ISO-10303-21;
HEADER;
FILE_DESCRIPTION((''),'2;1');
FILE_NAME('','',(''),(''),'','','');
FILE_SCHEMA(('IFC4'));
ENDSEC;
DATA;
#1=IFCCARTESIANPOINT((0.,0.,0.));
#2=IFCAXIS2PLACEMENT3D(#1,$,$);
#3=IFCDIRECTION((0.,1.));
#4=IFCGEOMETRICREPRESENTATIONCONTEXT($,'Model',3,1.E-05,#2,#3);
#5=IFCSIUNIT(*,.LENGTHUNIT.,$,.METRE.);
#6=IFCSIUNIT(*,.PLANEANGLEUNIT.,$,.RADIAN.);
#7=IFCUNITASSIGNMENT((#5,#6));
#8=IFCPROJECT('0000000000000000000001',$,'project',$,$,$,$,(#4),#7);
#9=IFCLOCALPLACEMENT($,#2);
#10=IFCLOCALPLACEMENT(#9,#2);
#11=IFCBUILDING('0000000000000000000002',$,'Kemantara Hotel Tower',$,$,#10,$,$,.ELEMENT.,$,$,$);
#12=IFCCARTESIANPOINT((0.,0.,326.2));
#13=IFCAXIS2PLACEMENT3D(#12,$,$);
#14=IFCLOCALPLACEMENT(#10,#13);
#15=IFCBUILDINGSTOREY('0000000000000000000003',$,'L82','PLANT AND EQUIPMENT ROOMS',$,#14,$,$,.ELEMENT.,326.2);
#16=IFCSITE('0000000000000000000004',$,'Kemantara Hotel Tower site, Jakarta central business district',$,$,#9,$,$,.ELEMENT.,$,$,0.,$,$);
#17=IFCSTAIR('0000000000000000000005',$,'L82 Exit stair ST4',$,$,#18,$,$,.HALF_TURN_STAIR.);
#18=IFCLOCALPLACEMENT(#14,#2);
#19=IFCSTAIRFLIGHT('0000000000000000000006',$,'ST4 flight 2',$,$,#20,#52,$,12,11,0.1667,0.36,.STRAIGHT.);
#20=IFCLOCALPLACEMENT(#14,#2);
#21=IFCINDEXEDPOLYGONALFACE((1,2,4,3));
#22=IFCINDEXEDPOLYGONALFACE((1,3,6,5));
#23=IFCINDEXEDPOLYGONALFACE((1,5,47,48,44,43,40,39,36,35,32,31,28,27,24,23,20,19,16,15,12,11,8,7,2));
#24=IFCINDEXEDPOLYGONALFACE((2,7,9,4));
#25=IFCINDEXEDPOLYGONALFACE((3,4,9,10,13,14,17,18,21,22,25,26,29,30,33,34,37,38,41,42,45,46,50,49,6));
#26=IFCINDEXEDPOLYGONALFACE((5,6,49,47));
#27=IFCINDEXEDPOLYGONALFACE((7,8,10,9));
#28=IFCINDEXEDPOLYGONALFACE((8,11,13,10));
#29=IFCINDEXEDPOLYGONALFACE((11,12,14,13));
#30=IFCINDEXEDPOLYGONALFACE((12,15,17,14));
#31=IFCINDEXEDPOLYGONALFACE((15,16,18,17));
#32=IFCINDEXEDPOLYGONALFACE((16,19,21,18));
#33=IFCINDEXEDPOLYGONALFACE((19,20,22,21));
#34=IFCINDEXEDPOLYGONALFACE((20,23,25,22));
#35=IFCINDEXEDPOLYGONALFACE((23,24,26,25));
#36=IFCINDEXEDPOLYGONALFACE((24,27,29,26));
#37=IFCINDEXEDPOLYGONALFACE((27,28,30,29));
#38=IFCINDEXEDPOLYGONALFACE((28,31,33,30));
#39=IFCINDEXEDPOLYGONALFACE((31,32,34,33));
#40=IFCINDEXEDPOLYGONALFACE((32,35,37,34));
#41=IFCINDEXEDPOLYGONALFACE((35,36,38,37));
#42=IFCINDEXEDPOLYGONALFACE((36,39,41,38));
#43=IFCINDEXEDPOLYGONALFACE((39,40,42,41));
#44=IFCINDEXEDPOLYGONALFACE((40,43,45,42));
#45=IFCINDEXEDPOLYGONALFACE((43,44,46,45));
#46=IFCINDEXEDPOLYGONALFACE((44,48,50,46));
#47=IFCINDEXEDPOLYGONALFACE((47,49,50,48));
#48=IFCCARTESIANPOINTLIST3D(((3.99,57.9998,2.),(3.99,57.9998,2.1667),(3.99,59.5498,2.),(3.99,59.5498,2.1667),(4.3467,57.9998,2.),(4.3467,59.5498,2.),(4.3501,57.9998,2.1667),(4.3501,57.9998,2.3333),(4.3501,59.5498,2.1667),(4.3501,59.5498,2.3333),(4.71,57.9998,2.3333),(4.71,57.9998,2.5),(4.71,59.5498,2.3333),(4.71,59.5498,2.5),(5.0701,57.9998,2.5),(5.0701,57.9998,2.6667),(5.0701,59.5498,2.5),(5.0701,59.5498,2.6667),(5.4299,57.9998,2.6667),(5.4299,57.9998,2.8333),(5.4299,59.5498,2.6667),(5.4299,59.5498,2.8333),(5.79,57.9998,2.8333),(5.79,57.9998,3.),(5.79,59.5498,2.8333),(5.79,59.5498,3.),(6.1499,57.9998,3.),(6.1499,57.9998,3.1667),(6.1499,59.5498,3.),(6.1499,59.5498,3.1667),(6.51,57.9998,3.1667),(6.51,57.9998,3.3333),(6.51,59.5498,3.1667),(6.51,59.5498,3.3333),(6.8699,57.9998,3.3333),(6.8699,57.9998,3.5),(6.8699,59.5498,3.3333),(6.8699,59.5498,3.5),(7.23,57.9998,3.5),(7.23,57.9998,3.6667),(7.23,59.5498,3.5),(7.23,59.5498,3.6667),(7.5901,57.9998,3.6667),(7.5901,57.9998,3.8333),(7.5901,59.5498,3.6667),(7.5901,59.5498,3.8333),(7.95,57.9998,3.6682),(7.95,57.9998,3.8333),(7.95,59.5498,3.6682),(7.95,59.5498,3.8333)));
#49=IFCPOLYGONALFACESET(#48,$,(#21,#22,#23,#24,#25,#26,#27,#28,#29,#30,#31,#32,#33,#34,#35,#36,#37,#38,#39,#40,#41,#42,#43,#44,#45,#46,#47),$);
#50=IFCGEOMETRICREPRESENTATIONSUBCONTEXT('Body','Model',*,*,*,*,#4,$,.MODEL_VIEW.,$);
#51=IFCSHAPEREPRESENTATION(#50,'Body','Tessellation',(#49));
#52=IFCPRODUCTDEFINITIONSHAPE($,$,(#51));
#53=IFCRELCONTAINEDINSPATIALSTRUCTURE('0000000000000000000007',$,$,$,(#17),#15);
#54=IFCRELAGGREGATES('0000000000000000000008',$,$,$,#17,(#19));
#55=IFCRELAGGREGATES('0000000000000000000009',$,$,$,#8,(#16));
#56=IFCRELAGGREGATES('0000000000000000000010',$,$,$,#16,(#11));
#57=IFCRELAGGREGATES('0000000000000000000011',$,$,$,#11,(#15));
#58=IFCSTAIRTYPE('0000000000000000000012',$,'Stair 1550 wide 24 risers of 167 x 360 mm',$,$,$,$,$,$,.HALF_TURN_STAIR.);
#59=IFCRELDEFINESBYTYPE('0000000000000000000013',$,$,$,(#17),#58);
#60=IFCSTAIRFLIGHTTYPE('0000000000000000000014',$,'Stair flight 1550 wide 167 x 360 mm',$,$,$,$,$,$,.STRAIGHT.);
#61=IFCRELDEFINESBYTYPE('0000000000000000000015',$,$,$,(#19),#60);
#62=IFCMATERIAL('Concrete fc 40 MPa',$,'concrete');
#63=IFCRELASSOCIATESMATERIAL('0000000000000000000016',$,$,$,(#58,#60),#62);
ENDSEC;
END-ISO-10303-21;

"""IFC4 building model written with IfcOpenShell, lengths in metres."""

from ifc_helpers import new_model, si_unit, direction, frame, origin, place, context, subcontext, project, spatial, polyline, outline, extrude, material, type_object, element, aggregate, save


model = new_model("IFC4")

# Units and contexts
model_context = context("Model", 3, precision=1e-05, world=origin(), true_north=direction((0.0, 1.0)))
body_context = subcontext(model_context, "Body", "Model", "MODEL_VIEW")
ifc_project = project(units=[si_unit("LENGTHUNIT", "METRE"), si_unit("PLANEANGLEUNIT", "RADIAN")], contexts=[model_context])

# Site, building, storey
site_placement = place(None, origin())
site = spatial("IfcSite", under=ifc_project, at=site_placement, Name="Kemantara Hotel Tower site, Jakarta central business district", CompositionType="ELEMENT", RefElevation=0.0)
building_placement = place(site_placement, origin())
building = spatial("IfcBuilding", under=site, at=building_placement, Name="Kemantara Hotel Tower", CompositionType="ELEMENT")
storey_placement = place(building_placement, frame((0.0, 0.0, 326.2)))
storey = spatial("IfcBuildingStorey", under=building, at=storey_placement, Name="L82", Description="PLANT AND EQUIPMENT ROOMS", CompositionType="ELEMENT", Elevation=326.2)

# Shared definitions
ifc_material_1 = material(Name="Concrete fc 40 MPa", Category="concrete")

# Stair, stair flight
stair_type = type_object("IfcStairType", Name="Stair 1550 wide 24 risers of 167 x 360 mm", PredefinedType="HALF_TURN_STAIR", material=ifc_material_1)
stair_placement = place(storey_placement, origin())
stair = element("IfcStair", 1, at=stair_placement, inside=storey, type_object=stair_type, Name="L82 Exit stair ST4", PredefinedType="HALF_TURN_STAIR")
stair_flight_type = type_object("IfcStairFlightType", Name="Stair flight 1550 wide 167 x 360 mm", PredefinedType="STRAIGHT", material=ifc_material_1)
stair_flight_placement = place(storey_placement, frame((3.99, 58.7749, 2.0), z_axis=(0.0, 0.0, 1.0), x_axis=(1.0, 0.0, 0.0)))
stair_flight = element("IfcStairFlight", 2, at=stair_flight_placement, type_object=stair_flight_type, Name="ST4 flight 2", NumberOfRisers=12, NumberOfTreads=11, PredefinedType="STRAIGHT", RiserHeight=0.1667, TreadLength=0.36, context=body_context, shape_type="SweptSolid", body=[
    extrude(outline(polyline([(0.0, 0.0), (0.0, 0.1667), (0.3601, 0.1667), (0.3601, 0.3333), (0.72, 0.3333), (0.72, 0.5), (1.0801, 0.5), (1.0801, 0.6667), (1.4399, 0.6667), (1.4399, 0.8333), (1.8, 0.8333), (1.8, 1.0), (2.1599, 1.0), (2.1599, 1.1667), (2.52, 1.1667), (2.52, 1.3333), (2.8799, 1.3333), (2.8799, 1.5), (3.24, 1.5), (3.24, 1.6667), (3.6001, 1.6667), (3.6001, 1.8333), (3.96, 1.8333), (3.96, 2.0), (3.96, 1.6682), (0.3567, 0.0), (0.0, 0.0)])), frame((0.0, 0.7749, 0.0), z_axis=(0.0, -1.0, 0.0), x_axis=(1.0, 0.0, 0.0)), (0.0, 0.0, 1.0), 1.55),
])
aggregate(stair, [stair_flight])

save(model, "model.ifc")
